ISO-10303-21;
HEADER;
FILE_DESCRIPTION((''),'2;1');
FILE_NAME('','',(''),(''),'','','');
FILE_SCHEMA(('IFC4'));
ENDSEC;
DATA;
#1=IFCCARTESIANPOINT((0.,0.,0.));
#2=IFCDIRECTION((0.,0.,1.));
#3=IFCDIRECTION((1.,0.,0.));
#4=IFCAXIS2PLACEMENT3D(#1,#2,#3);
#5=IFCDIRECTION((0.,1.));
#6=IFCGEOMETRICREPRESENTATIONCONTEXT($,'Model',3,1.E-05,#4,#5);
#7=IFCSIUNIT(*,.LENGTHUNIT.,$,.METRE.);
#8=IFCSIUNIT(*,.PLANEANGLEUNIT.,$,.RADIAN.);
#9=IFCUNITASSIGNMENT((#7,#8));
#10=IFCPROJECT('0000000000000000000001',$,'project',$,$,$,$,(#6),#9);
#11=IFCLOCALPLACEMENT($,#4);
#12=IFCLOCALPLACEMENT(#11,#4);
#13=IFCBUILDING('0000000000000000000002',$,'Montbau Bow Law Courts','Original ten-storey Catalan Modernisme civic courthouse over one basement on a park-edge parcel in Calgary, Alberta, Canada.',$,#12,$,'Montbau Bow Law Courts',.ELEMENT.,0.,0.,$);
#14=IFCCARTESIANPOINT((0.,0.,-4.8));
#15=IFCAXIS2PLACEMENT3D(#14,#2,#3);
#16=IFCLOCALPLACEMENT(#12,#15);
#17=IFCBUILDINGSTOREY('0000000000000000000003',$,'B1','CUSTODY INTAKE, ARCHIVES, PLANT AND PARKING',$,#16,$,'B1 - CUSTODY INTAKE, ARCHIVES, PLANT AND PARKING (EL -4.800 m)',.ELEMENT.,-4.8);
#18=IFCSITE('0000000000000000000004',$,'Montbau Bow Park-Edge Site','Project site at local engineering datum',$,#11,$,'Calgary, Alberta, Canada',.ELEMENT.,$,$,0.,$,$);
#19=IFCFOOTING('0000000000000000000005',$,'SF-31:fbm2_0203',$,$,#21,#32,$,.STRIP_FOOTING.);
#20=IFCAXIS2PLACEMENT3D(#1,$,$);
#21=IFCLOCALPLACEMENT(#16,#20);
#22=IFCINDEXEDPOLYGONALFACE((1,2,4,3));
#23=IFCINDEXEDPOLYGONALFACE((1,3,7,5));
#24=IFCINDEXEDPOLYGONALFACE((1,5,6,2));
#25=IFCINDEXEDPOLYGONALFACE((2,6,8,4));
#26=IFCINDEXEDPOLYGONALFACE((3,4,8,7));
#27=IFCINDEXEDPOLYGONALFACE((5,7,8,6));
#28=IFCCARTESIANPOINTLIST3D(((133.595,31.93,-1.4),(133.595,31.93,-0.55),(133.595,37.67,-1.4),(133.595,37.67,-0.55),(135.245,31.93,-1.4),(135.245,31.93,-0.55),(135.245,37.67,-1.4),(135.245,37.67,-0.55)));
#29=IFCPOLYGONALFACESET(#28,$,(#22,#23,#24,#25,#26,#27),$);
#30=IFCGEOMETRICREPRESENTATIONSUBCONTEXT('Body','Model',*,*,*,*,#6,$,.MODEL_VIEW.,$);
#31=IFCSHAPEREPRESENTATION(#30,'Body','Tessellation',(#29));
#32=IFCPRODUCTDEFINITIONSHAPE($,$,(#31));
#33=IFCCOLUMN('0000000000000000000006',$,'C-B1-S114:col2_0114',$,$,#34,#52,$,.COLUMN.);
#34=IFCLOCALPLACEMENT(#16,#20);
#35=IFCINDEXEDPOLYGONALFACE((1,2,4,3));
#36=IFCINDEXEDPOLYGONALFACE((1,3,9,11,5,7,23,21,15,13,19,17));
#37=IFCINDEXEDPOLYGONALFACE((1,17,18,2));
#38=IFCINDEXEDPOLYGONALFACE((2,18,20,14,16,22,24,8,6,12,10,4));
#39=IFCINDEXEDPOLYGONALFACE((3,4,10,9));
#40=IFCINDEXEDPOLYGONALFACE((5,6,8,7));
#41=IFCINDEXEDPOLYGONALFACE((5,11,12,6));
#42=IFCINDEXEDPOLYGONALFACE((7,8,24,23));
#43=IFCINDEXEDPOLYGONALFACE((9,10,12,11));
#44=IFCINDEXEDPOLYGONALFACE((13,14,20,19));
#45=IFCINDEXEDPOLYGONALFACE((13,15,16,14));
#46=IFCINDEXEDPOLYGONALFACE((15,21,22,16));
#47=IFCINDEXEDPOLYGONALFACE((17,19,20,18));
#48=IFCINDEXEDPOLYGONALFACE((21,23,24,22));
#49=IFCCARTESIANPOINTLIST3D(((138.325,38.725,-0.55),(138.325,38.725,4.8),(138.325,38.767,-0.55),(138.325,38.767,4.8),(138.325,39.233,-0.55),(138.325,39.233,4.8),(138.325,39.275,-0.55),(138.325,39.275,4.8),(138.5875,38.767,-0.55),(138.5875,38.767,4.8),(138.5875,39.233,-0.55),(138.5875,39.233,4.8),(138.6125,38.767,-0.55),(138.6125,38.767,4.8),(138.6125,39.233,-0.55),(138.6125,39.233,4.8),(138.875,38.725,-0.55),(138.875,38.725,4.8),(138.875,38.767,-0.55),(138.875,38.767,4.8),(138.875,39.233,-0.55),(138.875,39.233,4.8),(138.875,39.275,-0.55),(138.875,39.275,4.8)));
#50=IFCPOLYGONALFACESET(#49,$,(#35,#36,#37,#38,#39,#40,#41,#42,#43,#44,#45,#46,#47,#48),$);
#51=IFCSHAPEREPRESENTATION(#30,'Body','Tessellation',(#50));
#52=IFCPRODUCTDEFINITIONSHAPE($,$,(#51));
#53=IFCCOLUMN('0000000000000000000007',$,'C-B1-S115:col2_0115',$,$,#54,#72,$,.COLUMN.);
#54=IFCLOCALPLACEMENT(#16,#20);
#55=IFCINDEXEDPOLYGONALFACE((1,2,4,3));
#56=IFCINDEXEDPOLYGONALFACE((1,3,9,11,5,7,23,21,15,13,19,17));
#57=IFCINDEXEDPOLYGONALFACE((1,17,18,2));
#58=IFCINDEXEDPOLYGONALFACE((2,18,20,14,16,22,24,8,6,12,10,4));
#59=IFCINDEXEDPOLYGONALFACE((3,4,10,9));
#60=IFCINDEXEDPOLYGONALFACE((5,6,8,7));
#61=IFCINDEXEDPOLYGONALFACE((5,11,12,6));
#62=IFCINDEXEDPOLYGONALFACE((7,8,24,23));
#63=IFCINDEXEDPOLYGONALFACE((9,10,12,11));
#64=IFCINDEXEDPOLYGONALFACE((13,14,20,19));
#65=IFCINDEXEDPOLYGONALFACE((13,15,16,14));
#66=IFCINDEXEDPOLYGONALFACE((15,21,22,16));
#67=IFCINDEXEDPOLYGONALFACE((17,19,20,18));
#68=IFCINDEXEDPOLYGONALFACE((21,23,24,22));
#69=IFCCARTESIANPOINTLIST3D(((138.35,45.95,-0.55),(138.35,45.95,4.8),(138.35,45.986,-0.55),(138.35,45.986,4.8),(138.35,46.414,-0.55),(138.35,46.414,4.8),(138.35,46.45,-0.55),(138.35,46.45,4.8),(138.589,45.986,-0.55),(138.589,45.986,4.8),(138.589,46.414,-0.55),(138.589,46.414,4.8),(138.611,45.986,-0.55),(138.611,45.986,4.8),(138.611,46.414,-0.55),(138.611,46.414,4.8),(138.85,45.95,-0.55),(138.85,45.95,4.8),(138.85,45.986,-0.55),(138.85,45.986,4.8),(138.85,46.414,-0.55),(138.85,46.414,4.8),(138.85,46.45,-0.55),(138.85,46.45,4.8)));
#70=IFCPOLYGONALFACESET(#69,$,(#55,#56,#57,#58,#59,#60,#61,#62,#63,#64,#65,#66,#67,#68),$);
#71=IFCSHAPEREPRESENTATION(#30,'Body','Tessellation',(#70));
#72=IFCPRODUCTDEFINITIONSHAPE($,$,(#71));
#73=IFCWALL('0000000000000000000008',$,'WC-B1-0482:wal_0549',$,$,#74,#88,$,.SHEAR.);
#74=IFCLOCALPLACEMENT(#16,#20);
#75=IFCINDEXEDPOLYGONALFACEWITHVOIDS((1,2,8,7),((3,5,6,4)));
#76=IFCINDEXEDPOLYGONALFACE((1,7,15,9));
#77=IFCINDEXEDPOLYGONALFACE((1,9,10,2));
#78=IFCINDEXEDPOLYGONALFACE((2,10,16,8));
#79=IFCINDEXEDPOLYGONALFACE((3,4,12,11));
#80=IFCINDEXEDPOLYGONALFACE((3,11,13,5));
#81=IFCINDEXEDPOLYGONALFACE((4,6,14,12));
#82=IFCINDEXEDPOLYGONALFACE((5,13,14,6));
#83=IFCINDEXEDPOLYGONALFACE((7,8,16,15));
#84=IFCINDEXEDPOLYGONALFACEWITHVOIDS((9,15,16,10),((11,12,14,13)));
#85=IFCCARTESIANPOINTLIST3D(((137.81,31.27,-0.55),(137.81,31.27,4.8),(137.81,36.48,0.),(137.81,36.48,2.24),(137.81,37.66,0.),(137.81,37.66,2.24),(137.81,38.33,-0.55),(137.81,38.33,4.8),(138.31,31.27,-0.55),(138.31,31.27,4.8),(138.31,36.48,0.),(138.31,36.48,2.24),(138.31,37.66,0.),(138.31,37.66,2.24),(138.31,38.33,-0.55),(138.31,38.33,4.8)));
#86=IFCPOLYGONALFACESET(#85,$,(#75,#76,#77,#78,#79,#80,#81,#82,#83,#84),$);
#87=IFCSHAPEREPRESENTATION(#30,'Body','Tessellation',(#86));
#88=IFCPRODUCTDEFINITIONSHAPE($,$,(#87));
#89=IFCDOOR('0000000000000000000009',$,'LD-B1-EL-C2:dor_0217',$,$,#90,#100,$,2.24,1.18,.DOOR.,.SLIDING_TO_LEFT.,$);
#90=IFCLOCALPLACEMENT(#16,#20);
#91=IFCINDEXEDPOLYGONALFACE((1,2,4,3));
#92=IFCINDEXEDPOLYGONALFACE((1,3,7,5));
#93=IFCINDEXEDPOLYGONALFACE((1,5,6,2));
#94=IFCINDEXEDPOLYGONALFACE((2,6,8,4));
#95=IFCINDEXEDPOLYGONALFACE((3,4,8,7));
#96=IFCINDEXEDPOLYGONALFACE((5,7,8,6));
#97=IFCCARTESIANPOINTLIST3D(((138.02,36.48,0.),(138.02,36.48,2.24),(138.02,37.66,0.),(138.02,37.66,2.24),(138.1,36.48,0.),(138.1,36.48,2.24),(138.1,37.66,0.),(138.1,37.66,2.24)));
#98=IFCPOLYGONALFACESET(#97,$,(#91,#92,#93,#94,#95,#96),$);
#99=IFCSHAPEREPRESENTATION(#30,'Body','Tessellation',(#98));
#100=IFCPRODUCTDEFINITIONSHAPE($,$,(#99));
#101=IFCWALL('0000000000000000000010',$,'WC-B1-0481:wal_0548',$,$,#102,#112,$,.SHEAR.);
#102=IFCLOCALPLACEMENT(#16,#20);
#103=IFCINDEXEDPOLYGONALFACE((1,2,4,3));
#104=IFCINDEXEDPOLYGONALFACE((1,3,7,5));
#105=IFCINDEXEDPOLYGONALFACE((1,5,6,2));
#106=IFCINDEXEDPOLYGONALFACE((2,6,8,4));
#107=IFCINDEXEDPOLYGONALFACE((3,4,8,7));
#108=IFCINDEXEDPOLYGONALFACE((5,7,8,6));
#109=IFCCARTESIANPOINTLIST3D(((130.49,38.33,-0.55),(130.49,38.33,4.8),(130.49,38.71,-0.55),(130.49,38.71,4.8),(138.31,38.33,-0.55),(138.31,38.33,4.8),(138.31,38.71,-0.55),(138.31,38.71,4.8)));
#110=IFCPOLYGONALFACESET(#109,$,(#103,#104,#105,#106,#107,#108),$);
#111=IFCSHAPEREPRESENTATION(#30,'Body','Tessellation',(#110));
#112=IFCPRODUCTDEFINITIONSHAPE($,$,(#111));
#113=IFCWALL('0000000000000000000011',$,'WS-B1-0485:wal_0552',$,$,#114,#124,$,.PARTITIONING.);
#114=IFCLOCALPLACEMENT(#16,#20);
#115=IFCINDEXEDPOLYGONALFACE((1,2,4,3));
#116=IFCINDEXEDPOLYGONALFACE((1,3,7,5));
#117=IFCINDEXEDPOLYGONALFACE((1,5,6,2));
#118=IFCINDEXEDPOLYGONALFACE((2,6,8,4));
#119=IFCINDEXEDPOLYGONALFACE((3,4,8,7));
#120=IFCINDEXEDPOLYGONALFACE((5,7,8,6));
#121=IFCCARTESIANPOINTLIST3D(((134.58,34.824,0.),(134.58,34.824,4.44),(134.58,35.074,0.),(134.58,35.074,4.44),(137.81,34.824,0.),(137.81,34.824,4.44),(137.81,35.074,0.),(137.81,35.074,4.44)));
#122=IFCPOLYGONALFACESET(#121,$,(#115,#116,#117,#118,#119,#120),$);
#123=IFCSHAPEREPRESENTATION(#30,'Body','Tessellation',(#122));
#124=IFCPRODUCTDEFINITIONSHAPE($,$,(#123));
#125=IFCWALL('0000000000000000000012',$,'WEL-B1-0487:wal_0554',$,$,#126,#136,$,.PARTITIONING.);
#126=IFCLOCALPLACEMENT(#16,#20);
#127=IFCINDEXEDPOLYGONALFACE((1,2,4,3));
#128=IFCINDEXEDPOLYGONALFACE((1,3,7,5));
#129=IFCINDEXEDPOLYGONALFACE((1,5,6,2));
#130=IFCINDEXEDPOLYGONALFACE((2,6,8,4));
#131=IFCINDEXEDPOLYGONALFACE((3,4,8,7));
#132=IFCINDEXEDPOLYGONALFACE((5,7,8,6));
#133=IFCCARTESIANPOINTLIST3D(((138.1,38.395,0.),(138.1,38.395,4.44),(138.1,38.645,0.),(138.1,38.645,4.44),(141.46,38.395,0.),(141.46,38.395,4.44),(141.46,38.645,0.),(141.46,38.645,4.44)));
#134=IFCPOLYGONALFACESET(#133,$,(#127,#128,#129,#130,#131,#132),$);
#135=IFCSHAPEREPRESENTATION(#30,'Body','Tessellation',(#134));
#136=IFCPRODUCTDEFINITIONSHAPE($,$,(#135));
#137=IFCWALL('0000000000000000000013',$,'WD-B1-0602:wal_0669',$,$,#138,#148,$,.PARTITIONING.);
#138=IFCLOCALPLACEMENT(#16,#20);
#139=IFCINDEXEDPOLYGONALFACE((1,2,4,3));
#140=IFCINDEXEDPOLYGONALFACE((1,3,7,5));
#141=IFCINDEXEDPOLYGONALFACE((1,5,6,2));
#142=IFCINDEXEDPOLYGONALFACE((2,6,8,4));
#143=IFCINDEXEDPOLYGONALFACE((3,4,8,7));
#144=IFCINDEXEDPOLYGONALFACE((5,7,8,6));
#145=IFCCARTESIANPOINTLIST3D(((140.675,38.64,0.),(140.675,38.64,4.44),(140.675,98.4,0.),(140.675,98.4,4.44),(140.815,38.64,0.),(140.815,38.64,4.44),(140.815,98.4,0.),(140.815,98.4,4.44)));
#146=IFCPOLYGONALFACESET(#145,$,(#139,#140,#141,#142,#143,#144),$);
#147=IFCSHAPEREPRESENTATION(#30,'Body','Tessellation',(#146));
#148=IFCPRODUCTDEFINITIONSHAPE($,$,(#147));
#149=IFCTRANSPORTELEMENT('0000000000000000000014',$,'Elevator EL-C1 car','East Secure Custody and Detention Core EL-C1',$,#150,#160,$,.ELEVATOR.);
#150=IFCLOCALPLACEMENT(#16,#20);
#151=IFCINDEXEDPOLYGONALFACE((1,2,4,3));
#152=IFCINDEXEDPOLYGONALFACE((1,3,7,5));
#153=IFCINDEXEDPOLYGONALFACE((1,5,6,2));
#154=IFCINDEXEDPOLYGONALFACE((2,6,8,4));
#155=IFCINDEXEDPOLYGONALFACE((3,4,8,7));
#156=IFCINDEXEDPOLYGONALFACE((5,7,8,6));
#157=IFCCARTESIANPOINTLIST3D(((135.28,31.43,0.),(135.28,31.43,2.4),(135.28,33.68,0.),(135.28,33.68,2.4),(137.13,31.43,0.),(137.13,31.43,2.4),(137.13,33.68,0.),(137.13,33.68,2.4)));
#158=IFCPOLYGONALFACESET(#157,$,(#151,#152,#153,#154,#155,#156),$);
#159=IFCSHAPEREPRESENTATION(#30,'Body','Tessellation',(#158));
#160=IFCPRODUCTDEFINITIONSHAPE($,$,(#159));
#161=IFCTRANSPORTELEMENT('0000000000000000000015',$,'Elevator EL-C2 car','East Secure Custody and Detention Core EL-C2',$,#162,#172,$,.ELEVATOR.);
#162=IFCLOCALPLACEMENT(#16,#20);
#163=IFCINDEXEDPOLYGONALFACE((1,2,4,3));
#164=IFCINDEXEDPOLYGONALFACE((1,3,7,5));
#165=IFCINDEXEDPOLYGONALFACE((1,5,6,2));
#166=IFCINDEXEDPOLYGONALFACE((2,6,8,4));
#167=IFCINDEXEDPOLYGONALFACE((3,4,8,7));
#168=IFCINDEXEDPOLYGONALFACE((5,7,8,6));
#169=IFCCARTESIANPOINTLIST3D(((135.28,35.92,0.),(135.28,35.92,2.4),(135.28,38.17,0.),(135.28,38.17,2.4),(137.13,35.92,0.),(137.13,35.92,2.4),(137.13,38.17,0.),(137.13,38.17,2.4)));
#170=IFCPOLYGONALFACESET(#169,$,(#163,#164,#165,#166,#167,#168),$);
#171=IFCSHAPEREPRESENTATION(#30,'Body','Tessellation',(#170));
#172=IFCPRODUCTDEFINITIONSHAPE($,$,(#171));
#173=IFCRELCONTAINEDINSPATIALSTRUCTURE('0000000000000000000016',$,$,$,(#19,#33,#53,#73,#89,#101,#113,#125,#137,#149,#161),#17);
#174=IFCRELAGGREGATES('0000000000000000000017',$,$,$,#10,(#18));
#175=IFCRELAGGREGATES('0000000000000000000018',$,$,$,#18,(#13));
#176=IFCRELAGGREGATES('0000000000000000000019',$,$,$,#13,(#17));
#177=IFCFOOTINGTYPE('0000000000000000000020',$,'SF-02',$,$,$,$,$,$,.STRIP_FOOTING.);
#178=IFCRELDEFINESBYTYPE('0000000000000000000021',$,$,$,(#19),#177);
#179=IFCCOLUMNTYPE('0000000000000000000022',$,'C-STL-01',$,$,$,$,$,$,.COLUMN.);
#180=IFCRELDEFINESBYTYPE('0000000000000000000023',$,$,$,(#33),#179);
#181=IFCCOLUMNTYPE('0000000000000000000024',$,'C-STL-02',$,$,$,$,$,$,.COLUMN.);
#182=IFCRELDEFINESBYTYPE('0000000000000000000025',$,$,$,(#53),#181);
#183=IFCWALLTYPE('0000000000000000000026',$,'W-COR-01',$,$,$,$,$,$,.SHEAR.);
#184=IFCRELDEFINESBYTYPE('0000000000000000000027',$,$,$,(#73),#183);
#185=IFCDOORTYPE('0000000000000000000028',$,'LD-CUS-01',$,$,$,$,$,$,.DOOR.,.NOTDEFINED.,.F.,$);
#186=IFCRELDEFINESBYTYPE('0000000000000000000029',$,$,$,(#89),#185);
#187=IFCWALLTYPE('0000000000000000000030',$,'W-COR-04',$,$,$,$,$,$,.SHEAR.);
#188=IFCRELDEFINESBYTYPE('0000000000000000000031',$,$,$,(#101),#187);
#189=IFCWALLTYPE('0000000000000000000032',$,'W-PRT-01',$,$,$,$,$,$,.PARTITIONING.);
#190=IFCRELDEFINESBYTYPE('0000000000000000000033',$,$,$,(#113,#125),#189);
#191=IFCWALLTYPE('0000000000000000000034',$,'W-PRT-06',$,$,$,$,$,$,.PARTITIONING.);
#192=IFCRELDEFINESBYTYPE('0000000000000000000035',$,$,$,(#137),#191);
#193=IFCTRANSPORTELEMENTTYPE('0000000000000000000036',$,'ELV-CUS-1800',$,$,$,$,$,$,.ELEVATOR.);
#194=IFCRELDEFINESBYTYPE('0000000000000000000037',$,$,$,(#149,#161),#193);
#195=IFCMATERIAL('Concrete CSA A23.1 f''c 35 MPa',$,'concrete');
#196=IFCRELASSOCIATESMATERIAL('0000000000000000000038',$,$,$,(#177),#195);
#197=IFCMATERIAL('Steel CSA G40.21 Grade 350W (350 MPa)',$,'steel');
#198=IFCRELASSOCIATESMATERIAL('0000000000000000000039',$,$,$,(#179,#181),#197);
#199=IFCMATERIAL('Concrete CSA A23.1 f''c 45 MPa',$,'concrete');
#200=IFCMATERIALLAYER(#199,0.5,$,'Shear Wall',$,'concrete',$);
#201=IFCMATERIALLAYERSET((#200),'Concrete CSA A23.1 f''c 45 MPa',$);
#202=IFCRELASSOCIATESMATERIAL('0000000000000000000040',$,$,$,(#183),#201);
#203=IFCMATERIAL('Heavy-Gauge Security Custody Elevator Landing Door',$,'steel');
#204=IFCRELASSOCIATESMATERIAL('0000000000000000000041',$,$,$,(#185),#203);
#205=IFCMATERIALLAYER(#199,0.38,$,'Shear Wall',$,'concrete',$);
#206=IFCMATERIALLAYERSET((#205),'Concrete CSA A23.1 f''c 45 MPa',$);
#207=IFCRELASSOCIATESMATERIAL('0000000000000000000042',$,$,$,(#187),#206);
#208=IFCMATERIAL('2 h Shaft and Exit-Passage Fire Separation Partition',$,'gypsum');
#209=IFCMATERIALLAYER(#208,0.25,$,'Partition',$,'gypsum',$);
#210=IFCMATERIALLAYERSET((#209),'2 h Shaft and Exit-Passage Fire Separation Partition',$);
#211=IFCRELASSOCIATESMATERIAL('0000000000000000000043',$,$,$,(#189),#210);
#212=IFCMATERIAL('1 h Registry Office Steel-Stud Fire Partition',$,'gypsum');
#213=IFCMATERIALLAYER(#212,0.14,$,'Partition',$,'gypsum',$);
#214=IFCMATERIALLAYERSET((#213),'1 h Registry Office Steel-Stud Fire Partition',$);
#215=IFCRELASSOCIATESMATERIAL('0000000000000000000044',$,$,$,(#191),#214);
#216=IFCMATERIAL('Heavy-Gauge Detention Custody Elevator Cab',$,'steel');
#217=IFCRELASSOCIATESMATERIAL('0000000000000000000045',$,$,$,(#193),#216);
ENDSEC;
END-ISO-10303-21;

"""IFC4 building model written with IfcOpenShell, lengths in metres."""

from ifc_helpers import new_model, si_unit, direction, frame, frame_2d, origin_with_axes, origin_2d_with_axis, place, context, subcontext, project, spatial, rectangle, i_section, extrude, material, layer, layer_set, material_profile, profile_set, type_object, element, fill, save


model = new_model("IFC4")

# Units and contexts
model_context = context("Model", 3, precision=1e-05, world=origin_with_axes(), true_north=direction((0.0, 1.0)))
body_context = subcontext(model_context, "Body", "Model", "MODEL_VIEW")
ifc_project = project(units=[si_unit("LENGTHUNIT", "METRE"), si_unit("PLANEANGLEUNIT", "RADIAN")], contexts=[model_context])

# Site, building, storey
site_placement = place(None, origin_with_axes())
site = spatial("IfcSite", under=ifc_project, at=site_placement, Name="Montbau Bow Park-Edge Site", Description="Project site at local engineering datum", LongName="Calgary, Alberta, Canada", CompositionType="ELEMENT", RefElevation=0.0)
building_placement = place(site_placement, origin_with_axes())
building = spatial("IfcBuilding", under=site, at=building_placement, Name="Montbau Bow Law Courts", Description="Original ten-storey Catalan Modernisme civic courthouse over one basement on a park-edge parcel in Calgary, Alberta, Canada.", LongName="Montbau Bow Law Courts", CompositionType="ELEMENT", ElevationOfRefHeight=0.0, ElevationOfTerrain=0.0)
storey_placement = place(building_placement, frame((0.0, 0.0, -4.8), z_axis=(0.0, 0.0, 1.0), x_axis=(1.0, 0.0, 0.0)))
storey = spatial("IfcBuildingStorey", under=building, at=storey_placement, Name="B1", Description="CUSTODY INTAKE, ARCHIVES, PLANT AND PARKING", LongName="B1 - CUSTODY INTAKE, ARCHIVES, PLANT AND PARKING (EL -4.800 m)", CompositionType="ELEMENT", Elevation=-4.8)

# Shared definitions
ifc_material_1 = material(Name="Concrete CSA A23.1 f'c 35 MPa", Category="concrete")

# Footing
footing_type_1 = type_object("IfcFootingType", Name="SF-02", PredefinedType="STRIP_FOOTING", material=ifc_material_1)
footing_1_placement = place(None, frame((134.42, 34.8, -6.2), z_axis=(0.0, 0.0, 1.0), x_axis=(0.0, 1.0, 0.0)))
element("IfcFooting", 1, at=footing_1_placement, inside=storey, type_object=footing_type_1, Name="SF-31:fbm2_0203", PredefinedType="STRIP_FOOTING", context=body_context, shape_type="SweptSolid", body=[
    extrude(rectangle(XDim=5.74, YDim=1.65, at=origin_2d_with_axis()), origin_with_axes(), (0.0, 0.0, 1.0), 0.85),
])

# Columns
ifc_material_2 = material(Name="Steel CSA G40.21 Grade 350W (350 MPa)", Category="steel")
ifc_material_profile_1 = material_profile(ifc_material_2, i_section(OverallWidth=0.55, OverallDepth=0.55, WebThickness=0.025, FlangeThickness=0.042, at=origin_2d_with_axis()), Name="WWF550X420", Category="Main", Priority=0)
ifc_profile_set_1 = profile_set([ifc_material_profile_1], Name="Steel CSA G40.21 Grade 350W (350 MPa)")
column_type_1 = type_object("IfcColumnType", Name="C-STL-01", PredefinedType="COLUMN", material=ifc_profile_set_1)
column_1_placement = place(None, frame((138.6, 39.0, -5.35), z_axis=(0.0, 0.0, 1.0), x_axis=(1.0, 0.0, 0.0)))
element("IfcColumn", 2, at=column_1_placement, inside=storey, type_object=column_type_1, Name="C-B1-S114:col2_0114", PredefinedType="COLUMN", context=body_context, shape_type="SweptSolid", body=[
    extrude(i_section(OverallWidth=0.55, OverallDepth=0.55, WebThickness=0.025, FlangeThickness=0.042, at=origin_2d_with_axis()), origin_with_axes(), (0.0, 0.0, 1.0), 5.35),
])
ifc_material_profile_2 = material_profile(ifc_material_2, i_section(OverallWidth=0.5, OverallDepth=0.5, WebThickness=0.022, FlangeThickness=0.036, at=origin_2d_with_axis()), Name="WWF500X343", Category="Main", Priority=0)
ifc_profile_set_2 = profile_set([ifc_material_profile_2], Name="Steel CSA G40.21 Grade 350W (350 MPa)")
column_type_2 = type_object("IfcColumnType", Name="C-STL-02", PredefinedType="COLUMN", material=ifc_profile_set_2)
column_2_placement = place(None, frame((138.6, 46.2, -5.35), z_axis=(0.0, 0.0, 1.0), x_axis=(1.0, 0.0, 0.0)))
element("IfcColumn", 3, at=column_2_placement, inside=storey, type_object=column_type_2, Name="C-B1-S115:col2_0115", PredefinedType="COLUMN", context=body_context, shape_type="SweptSolid", body=[
    extrude(i_section(OverallWidth=0.5, OverallDepth=0.5, WebThickness=0.022, FlangeThickness=0.036, at=origin_2d_with_axis()), origin_with_axes(), (0.0, 0.0, 1.0), 5.35),
])

# Wall, opening, door
ifc_material_3 = material(Name="Concrete CSA A23.1 f'c 45 MPa", Category="concrete")
ifc_layer_1 = layer(ifc_material_3, 0.5, Name="Shear Wall", Category="concrete")
ifc_layer_set_1 = layer_set([ifc_layer_1], Name="Concrete CSA A23.1 f'c 45 MPa")
wall_type_1 = type_object("IfcWallType", Name="W-COR-01", PredefinedType="SHEAR", material=ifc_layer_set_1)
wall_1_placement = place(None, frame((138.06, 31.27, -5.35), z_axis=(0.0, 0.0, 1.0), x_axis=(0.0, 1.0, 0.0)))
wall_1 = element("IfcWall", 4, at=wall_1_placement, inside=storey, type_object=wall_type_1, Name="WC-B1-0482:wal_0549", PredefinedType="SHEAR", context=body_context, shape_type="SweptSolid", body=[
    extrude(rectangle(XDim=7.06, YDim=0.5, at=frame_2d((3.53, 0.0), x_axis=(1.0, 0.0))), origin_with_axes(), (0.0, 0.0, 1.0), 5.35),
])
opening_placement = place(None, frame((138.06, 37.07, -4.8), z_axis=(0.0, 0.0, 1.0), x_axis=(0.0, 1.0, 0.0)))
opening = element("IfcOpeningElement", 5, at=opening_placement, cuts=wall_1, PredefinedType="OPENING", context=body_context, shape_type="SweptSolid", body=[
    extrude(rectangle(XDim=1.18, YDim=2.24, at=frame_2d((0.0, 1.12), x_axis=(1.0, 0.0))), frame((0.0, 0.26, 0.0), z_axis=(0.0, -1.0, 0.0), x_axis=(1.0, 0.0, 0.0)), (0.0, 0.0, 1.0), 0.52),
])
ifc_material_4 = material(Name="Heavy-Gauge Security Custody Elevator Landing Door", Category="steel")
door_type = type_object("IfcDoorType", Name="LD-CUS-01", OperationType="NOTDEFINED", ParameterTakesPrecedence=False, PredefinedType="DOOR", material=ifc_material_4)
door_placement = place(None, frame((138.06, 37.07, -4.8), z_axis=(0.0, 0.0, 1.0), x_axis=(0.0, 1.0, 0.0)))
door = element("IfcDoor", 6, at=door_placement, inside=storey, type_object=door_type, Name="LD-B1-EL-C2:dor_0217", OperationType="SLIDING_TO_LEFT", OverallHeight=2.24, OverallWidth=1.18, PredefinedType="DOOR", context=body_context, shape_type="SweptSolid", body=[
    extrude(rectangle(XDim=1.18, YDim=2.24, at=frame_2d((0.0, 1.12), x_axis=(1.0, 0.0))), frame((0.0, 0.04, 0.0), z_axis=(0.0, -1.0, 0.0), x_axis=(1.0, 0.0, 0.0)), (0.0, 0.0, 1.0), 0.08),
])
fill(opening, door)

# Walls
ifc_layer_2 = layer(ifc_material_3, 0.38, Name="Shear Wall", Category="concrete")
ifc_layer_set_2 = layer_set([ifc_layer_2], Name="Concrete CSA A23.1 f'c 45 MPa")
wall_type_2 = type_object("IfcWallType", Name="W-COR-04", PredefinedType="SHEAR", material=ifc_layer_set_2)
wall_2_placement = place(None, frame((138.31, 38.52, -5.35), z_axis=(0.0, 0.0, 1.0), x_axis=(-1.0, 0.0, 0.0)))
element("IfcWall", 7, at=wall_2_placement, inside=storey, type_object=wall_type_2, Name="WC-B1-0481:wal_0548", PredefinedType="SHEAR", context=body_context, shape_type="SweptSolid", body=[
    extrude(rectangle(XDim=7.82, YDim=0.38, at=frame_2d((3.91, 0.0), x_axis=(1.0, 0.0))), origin_with_axes(), (0.0, 0.0, 1.0), 5.35),
])
ifc_material_5 = material(Name="2 h Shaft and Exit-Passage Fire Separation Partition", Category="gypsum")
ifc_layer_3 = layer(ifc_material_5, 0.25, Name="Partition", Category="gypsum")
ifc_layer_set_3 = layer_set([ifc_layer_3], Name="2 h Shaft and Exit-Passage Fire Separation Partition")
wall_type_3 = type_object("IfcWallType", Name="W-PRT-01", PredefinedType="PARTITIONING", material=ifc_layer_set_3)
wall_3_placement = place(None, frame((134.58, 34.949, -4.8), z_axis=(0.0, 0.0, 1.0), x_axis=(1.0, 0.0, 0.0)))
element("IfcWall", 8, at=wall_3_placement, inside=storey, type_object=wall_type_3, Name="WS-B1-0485:wal_0552", PredefinedType="PARTITIONING", context=body_context, shape_type="SweptSolid", body=[
    extrude(rectangle(XDim=3.23, YDim=0.25, at=frame_2d((1.615, 0.0), x_axis=(1.0, 0.0))), origin_with_axes(), (0.0, 0.0, 1.0), 4.44),
])
wall_4_placement = place(None, frame((138.1, 38.52, -4.8), z_axis=(0.0, 0.0, 1.0), x_axis=(1.0, 0.0, 0.0)))
element("IfcWall", 9, at=wall_4_placement, inside=storey, type_object=wall_type_3, Name="WEL-B1-0487:wal_0554", PredefinedType="PARTITIONING", context=body_context, shape_type="SweptSolid", body=[
    extrude(rectangle(XDim=3.36, YDim=0.25, at=frame_2d((1.68, 0.0), x_axis=(1.0, 0.0))), origin_with_axes(), (0.0, 0.0, 1.0), 4.44),
])
ifc_material_6 = material(Name="1 h Registry Office Steel-Stud Fire Partition", Category="gypsum")
ifc_layer_4 = layer(ifc_material_6, 0.14, Name="Partition", Category="gypsum")
ifc_layer_set_4 = layer_set([ifc_layer_4], Name="1 h Registry Office Steel-Stud Fire Partition")
wall_type_4 = type_object("IfcWallType", Name="W-PRT-06", PredefinedType="PARTITIONING", material=ifc_layer_set_4)
wall_5_placement = place(None, frame((140.745, 38.64, -4.8), z_axis=(0.0, 0.0, 1.0), x_axis=(0.0, 1.0, 0.0)))
element("IfcWall", 10, at=wall_5_placement, inside=storey, type_object=wall_type_4, Name="WD-B1-0602:wal_0669", PredefinedType="PARTITIONING", context=body_context, shape_type="SweptSolid", body=[
    extrude(rectangle(XDim=59.76, YDim=0.14, at=frame_2d((29.88, 0.0), x_axis=(1.0, 0.0))), origin_with_axes(), (0.0, 0.0, 1.0), 4.44),
])

# Transport elements
ifc_material_7 = material(Name="Heavy-Gauge Detention Custody Elevator Cab", Category="steel")
transport_element_type = type_object("IfcTransportElementType", Name="ELV-CUS-1800", PredefinedType="ELEVATOR", material=ifc_material_7)
for number, where, z_axis, x_axis, name, description in (
    (11, (136.205, 32.555, -4.8), (0.0, 0.0, 1.0), (1.0, 0.0, 0.0), "Elevator EL-C1 car", "East Secure Custody and Detention Core EL-C1"),
    (12, (136.205, 37.045, -4.8), (0.0, 0.0, 1.0), (1.0, 0.0, 0.0), "Elevator EL-C2 car", "East Secure Custody and Detention Core EL-C2"),
):
    element("IfcTransportElement", number, at=place(None, frame(where, z_axis=z_axis, x_axis=x_axis)), inside=storey, type_object=transport_element_type, Name=name, Description=description, PredefinedType="ELEVATOR", context=body_context, shape_type="SweptSolid", body=[
        extrude(rectangle(XDim=1.85, YDim=2.25, at=origin_2d_with_axis()), origin_with_axes(), (0.0, 0.0, 1.0), 2.4),
    ])

save(model, "model.ifc")
